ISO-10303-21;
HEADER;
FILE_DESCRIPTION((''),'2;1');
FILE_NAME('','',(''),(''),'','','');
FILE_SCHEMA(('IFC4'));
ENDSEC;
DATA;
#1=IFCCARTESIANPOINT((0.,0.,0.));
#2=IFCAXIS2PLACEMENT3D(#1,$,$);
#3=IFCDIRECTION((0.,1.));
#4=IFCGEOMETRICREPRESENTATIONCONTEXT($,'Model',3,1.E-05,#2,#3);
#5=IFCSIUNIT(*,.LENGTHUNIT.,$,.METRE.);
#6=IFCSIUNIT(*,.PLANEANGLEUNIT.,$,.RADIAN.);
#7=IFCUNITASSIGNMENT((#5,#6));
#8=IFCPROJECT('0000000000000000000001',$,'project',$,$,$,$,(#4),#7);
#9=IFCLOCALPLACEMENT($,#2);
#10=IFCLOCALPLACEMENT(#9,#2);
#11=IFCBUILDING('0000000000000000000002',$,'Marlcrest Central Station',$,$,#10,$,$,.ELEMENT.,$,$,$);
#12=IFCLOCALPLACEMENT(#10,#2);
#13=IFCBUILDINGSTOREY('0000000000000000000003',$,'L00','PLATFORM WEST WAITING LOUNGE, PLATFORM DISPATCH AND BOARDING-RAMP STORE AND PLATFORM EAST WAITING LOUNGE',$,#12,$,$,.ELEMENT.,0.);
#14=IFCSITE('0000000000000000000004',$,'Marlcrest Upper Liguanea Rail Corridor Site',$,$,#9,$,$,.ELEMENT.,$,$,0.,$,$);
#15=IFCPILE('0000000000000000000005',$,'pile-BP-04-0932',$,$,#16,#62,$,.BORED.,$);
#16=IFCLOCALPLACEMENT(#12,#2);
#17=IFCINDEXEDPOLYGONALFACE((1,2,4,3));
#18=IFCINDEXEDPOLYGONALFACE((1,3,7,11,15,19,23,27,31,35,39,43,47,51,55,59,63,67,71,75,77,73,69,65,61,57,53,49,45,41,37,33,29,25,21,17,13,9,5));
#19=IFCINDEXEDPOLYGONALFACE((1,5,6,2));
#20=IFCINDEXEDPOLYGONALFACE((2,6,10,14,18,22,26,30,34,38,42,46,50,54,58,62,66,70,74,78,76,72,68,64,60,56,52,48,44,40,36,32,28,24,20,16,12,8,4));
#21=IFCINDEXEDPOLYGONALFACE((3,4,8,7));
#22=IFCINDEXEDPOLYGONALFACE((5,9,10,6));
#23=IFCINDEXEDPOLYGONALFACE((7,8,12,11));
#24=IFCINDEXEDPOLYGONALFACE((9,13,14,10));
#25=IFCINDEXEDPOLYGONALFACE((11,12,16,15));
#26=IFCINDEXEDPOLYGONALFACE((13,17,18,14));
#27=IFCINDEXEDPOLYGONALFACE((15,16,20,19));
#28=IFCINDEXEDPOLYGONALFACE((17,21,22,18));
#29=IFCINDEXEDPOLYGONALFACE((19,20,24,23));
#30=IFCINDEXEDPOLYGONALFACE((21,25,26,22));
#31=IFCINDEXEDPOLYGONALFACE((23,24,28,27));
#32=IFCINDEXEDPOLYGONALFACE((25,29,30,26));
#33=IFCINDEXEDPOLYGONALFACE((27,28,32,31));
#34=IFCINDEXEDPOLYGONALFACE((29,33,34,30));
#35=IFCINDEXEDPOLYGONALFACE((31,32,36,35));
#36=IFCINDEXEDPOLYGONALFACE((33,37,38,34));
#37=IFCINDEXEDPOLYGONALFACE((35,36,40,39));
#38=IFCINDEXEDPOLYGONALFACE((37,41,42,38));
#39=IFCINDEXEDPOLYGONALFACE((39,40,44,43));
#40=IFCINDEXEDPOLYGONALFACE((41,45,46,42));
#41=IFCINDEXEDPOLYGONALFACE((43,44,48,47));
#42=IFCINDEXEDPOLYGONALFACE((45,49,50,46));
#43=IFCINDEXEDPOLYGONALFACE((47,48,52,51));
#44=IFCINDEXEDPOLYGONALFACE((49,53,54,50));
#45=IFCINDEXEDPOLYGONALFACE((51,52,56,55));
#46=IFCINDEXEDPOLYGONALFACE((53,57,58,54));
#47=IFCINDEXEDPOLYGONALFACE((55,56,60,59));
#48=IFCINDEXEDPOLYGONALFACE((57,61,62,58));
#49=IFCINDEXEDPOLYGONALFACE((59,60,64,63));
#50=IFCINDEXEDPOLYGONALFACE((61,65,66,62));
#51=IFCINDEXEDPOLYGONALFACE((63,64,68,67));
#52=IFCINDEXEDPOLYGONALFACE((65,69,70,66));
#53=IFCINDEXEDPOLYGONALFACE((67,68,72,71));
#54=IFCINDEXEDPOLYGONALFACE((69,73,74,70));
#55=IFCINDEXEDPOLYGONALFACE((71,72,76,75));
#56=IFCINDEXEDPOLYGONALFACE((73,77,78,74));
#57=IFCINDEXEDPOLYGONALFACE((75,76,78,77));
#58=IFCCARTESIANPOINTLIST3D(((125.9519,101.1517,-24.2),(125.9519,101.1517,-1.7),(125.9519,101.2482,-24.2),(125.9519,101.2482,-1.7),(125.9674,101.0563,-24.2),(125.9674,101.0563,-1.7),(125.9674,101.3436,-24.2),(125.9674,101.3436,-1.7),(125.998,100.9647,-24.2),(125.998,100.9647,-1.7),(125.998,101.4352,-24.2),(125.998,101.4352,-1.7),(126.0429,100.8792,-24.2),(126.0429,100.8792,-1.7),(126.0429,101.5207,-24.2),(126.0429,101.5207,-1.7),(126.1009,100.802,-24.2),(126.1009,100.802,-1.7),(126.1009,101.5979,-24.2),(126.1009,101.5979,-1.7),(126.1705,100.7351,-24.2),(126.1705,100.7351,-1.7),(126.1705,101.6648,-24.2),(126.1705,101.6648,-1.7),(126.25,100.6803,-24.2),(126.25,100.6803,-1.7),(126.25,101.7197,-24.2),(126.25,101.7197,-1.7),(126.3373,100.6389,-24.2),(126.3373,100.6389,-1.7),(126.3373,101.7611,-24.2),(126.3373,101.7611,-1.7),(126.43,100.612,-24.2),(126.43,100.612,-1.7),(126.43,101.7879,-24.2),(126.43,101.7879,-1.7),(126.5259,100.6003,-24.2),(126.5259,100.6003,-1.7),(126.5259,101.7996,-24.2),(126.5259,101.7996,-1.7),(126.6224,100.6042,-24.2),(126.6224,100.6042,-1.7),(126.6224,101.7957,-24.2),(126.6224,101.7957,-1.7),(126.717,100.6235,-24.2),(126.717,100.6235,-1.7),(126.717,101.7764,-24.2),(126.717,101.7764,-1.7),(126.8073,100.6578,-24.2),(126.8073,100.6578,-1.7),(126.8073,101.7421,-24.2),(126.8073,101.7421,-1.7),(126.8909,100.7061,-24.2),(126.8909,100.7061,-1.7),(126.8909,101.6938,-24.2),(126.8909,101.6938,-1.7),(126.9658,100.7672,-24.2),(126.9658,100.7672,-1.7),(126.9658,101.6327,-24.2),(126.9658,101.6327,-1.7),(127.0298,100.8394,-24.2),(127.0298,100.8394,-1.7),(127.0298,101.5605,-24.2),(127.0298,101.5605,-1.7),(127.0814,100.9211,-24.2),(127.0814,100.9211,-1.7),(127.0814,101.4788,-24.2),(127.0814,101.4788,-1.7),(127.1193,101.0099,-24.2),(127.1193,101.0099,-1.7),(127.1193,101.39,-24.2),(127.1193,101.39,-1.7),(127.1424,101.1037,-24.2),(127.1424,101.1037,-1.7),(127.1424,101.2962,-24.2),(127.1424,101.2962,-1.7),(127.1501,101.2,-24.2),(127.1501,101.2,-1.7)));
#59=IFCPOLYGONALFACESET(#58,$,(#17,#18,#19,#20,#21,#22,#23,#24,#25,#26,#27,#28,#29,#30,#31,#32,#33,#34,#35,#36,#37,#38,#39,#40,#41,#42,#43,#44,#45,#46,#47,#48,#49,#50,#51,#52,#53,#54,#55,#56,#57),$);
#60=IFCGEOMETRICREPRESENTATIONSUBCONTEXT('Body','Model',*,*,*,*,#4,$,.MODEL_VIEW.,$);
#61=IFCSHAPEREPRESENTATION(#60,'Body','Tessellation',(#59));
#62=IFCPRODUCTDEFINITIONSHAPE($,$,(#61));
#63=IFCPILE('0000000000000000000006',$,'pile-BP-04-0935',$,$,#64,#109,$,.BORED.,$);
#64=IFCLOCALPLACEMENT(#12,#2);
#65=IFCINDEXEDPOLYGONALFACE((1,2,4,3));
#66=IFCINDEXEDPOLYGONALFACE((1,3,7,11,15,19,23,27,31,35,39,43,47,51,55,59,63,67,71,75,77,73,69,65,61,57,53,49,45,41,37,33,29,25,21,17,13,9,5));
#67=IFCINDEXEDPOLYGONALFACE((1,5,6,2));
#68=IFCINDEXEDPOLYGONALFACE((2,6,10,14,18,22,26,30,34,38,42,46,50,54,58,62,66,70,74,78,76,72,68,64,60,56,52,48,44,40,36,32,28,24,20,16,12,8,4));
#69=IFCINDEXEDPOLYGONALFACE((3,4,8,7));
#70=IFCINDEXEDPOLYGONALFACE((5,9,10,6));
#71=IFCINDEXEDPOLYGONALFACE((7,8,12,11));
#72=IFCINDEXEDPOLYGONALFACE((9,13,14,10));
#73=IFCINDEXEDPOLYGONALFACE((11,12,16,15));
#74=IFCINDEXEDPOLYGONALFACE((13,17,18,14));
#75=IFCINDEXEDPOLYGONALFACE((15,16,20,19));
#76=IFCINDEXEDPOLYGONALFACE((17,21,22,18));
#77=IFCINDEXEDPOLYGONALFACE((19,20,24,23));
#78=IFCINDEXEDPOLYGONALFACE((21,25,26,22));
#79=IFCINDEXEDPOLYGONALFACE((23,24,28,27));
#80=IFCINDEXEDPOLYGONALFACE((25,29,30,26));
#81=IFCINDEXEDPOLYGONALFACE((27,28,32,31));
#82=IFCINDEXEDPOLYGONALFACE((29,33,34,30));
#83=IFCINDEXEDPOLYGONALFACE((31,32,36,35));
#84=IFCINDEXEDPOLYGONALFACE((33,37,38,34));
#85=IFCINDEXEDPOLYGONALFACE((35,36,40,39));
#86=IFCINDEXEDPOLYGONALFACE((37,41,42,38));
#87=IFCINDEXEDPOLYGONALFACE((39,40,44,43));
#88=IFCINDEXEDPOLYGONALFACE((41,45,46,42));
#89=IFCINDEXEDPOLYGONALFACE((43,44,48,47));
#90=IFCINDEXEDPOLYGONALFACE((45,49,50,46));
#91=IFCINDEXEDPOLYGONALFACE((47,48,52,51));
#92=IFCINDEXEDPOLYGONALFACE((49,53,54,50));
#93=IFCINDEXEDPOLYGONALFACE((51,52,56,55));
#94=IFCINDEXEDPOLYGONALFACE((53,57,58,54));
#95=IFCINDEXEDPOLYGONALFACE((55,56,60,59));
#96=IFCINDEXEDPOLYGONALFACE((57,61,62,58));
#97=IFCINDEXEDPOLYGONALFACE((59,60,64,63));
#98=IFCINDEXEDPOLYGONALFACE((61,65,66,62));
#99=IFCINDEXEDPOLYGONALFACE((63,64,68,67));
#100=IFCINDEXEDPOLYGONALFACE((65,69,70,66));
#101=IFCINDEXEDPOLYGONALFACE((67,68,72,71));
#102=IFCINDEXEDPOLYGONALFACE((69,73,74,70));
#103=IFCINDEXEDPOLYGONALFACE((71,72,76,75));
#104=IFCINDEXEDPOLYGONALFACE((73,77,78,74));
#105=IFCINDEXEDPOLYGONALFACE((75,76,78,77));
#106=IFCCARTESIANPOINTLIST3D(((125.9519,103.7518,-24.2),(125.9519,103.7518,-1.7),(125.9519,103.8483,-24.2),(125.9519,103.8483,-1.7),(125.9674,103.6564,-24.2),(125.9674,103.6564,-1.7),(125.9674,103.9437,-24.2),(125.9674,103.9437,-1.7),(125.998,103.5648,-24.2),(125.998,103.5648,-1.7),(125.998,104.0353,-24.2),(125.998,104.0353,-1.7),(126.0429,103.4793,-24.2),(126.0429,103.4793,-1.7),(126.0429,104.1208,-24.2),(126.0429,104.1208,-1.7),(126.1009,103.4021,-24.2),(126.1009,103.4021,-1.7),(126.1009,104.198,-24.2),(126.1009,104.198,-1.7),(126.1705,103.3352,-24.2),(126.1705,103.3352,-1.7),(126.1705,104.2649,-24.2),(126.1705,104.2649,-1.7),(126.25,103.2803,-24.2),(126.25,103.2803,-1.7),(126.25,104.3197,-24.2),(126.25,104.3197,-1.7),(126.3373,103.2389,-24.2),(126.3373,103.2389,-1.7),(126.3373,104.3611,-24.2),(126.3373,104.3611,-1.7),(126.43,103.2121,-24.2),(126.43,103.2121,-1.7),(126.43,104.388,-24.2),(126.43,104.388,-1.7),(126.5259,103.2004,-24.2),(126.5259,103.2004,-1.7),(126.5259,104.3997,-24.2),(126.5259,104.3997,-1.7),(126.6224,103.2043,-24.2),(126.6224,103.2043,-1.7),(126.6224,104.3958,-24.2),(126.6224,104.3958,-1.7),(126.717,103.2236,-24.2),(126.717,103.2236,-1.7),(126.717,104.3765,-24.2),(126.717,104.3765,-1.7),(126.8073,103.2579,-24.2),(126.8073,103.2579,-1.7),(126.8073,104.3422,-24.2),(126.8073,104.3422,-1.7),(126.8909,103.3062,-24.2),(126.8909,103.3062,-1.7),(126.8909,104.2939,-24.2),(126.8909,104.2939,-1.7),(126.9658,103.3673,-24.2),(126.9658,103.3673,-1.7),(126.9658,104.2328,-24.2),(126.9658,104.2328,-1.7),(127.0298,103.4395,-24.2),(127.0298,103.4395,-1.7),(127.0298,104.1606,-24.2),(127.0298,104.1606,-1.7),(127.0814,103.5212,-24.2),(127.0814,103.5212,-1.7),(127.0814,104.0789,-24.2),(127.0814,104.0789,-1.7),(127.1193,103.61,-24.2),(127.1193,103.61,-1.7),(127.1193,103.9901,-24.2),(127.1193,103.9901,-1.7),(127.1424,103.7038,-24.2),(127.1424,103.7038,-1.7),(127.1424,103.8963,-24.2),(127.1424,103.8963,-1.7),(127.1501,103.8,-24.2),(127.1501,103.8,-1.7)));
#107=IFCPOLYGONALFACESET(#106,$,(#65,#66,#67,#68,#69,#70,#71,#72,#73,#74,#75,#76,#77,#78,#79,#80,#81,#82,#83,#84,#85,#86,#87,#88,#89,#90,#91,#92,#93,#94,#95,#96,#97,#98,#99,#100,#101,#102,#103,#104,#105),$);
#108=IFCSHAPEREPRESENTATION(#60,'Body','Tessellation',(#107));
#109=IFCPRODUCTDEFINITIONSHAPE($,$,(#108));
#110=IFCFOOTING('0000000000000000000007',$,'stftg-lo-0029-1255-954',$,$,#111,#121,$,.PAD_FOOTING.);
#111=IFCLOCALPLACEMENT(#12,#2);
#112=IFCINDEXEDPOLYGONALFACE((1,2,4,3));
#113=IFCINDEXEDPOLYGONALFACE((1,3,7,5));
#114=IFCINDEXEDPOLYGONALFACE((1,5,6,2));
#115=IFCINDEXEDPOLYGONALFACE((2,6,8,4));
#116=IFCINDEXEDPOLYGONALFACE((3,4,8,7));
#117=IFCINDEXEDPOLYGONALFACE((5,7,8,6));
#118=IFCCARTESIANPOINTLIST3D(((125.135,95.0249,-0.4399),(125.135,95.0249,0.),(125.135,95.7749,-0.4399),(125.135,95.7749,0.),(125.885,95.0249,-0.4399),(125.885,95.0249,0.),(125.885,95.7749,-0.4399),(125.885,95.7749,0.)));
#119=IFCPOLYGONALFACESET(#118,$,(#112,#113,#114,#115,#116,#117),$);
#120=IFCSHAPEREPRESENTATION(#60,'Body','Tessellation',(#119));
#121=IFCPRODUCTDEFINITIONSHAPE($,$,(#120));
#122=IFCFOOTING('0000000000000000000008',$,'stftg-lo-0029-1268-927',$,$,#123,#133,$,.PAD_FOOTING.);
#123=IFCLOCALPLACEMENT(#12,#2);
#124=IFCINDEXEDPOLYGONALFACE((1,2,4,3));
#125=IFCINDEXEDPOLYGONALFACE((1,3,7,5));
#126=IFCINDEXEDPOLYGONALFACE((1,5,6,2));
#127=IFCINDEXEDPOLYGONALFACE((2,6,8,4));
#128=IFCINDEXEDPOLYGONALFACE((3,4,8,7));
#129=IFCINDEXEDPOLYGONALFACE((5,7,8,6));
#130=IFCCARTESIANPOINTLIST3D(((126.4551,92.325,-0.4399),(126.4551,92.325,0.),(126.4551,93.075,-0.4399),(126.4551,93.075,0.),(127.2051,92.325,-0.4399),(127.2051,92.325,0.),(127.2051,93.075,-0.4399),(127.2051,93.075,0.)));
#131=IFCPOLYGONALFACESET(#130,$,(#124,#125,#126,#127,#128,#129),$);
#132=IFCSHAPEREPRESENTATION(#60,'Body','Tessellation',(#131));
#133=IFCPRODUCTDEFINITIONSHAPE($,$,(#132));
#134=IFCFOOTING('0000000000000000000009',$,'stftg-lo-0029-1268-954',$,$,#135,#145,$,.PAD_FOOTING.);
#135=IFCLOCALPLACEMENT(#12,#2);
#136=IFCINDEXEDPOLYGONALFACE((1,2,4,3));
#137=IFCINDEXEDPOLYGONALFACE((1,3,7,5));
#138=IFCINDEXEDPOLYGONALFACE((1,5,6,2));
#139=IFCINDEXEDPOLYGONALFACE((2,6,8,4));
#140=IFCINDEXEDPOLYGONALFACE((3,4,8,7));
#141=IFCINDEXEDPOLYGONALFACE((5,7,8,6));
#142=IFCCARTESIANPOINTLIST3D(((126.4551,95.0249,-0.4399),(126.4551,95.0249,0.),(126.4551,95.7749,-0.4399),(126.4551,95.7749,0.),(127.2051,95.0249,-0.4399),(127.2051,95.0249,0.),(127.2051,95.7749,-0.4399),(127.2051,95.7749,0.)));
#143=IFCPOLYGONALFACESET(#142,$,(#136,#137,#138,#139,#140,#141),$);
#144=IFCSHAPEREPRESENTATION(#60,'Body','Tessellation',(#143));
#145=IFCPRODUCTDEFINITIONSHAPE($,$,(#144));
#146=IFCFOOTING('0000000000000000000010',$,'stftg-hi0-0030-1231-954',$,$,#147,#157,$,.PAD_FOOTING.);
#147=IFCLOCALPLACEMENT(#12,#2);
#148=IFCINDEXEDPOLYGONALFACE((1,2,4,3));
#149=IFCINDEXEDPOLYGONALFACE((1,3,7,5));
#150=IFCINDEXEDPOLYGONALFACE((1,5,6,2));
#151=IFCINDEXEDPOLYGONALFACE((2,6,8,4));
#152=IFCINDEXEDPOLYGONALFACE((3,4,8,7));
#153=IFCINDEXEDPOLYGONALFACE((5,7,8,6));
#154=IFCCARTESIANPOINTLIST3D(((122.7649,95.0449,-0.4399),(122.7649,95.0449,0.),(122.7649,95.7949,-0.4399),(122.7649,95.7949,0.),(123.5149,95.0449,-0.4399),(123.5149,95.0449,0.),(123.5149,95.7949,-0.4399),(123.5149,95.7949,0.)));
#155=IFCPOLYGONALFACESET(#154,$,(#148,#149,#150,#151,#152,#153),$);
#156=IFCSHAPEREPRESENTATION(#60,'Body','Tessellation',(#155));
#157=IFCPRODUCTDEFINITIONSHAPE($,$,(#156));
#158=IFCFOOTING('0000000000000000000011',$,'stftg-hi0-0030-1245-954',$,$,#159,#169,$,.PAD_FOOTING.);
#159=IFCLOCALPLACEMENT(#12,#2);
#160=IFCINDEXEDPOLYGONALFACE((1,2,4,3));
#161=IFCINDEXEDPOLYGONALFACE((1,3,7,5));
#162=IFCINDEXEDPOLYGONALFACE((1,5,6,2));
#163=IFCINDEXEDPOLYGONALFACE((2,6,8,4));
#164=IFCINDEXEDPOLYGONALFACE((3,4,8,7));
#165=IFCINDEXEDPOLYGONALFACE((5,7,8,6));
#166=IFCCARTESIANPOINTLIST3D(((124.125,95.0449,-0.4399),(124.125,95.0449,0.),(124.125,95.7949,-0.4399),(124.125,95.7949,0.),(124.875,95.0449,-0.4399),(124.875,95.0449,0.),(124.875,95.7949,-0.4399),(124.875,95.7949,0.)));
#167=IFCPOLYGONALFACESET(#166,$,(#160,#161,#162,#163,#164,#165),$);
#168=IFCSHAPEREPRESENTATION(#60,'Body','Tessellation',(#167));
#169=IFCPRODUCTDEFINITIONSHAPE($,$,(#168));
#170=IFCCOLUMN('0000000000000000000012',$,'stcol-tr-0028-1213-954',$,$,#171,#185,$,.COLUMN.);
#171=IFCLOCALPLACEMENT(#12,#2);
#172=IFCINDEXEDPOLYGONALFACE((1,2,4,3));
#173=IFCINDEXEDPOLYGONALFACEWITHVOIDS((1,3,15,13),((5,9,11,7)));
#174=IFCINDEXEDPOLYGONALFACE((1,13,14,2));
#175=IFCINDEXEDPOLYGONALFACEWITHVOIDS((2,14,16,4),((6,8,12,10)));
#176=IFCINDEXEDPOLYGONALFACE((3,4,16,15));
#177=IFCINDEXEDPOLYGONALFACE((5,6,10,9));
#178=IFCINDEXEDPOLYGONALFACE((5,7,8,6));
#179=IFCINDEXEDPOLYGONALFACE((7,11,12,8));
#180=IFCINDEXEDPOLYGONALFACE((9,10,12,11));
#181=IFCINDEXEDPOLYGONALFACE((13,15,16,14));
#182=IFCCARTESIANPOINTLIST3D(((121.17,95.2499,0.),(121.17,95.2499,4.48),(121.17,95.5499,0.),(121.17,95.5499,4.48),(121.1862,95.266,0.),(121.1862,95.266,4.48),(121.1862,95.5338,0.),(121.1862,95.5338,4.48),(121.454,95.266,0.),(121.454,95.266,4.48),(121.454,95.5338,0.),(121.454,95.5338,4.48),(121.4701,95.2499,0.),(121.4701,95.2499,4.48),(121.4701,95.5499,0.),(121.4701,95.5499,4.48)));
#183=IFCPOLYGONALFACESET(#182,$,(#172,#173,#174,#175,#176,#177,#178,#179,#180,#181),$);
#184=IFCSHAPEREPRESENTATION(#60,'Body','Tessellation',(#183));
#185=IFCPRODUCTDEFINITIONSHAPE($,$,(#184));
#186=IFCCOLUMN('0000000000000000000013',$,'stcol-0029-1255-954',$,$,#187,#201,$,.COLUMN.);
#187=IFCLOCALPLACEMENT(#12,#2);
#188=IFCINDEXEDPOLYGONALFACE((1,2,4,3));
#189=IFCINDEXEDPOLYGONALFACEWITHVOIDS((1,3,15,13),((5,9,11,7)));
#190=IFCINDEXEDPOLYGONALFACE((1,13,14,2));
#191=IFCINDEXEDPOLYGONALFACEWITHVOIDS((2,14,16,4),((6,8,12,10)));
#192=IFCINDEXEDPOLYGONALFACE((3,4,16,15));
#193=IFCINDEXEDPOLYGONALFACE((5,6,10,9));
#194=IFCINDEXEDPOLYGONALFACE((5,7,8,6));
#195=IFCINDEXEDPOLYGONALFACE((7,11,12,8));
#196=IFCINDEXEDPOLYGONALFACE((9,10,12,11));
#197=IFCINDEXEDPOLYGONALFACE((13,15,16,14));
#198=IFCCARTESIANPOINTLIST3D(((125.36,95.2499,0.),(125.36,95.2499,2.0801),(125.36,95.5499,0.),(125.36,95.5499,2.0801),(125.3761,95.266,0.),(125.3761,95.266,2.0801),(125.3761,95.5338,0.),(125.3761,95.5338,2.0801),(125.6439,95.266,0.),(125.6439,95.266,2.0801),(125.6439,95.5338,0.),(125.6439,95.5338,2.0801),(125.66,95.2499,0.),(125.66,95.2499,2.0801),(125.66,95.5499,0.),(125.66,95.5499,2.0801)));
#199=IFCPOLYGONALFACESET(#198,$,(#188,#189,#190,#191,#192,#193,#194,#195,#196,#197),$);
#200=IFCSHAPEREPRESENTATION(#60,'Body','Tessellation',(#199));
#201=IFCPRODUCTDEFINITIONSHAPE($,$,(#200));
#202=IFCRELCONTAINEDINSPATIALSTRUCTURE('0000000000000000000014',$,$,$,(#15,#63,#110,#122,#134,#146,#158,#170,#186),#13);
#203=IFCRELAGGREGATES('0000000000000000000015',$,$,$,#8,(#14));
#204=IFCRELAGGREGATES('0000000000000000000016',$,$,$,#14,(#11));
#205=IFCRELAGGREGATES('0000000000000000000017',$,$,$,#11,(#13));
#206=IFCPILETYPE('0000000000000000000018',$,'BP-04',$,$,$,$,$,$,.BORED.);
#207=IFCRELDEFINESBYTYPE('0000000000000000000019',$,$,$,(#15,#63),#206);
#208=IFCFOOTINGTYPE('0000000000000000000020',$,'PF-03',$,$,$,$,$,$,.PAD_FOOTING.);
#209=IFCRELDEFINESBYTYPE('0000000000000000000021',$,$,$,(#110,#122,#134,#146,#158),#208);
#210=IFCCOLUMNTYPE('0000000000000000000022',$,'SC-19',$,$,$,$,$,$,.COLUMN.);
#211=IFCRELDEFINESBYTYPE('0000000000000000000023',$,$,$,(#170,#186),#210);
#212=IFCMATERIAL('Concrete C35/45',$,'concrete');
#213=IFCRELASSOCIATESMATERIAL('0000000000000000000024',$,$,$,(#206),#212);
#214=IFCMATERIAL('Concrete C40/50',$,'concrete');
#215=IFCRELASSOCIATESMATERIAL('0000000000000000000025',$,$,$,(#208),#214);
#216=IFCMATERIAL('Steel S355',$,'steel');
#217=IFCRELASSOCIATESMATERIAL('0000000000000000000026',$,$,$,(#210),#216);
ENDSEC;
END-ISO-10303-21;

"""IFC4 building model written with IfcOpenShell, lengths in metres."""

from ifc_helpers import new_model, si_unit, direction, frame, origin, origin_2d, place, context, subcontext, project, spatial, rectangle, hollow_rectangle, circle, extrude, material, material_profile, profile_set, type_object, element, save


model = new_model("IFC4")

# Units and contexts
model_context = context("Model", 3, precision=1e-05, world=origin(), true_north=direction((0.0, 1.0)))
body_context = subcontext(model_context, "Body", "Model", "MODEL_VIEW")
ifc_project = project(units=[si_unit("LENGTHUNIT", "METRE"), si_unit("PLANEANGLEUNIT", "RADIAN")], contexts=[model_context])

# Site, building, storey
site_placement = place(None, origin())
site = spatial("IfcSite", under=ifc_project, at=site_placement, Name="Marlcrest Upper Liguanea Rail Corridor Site", CompositionType="ELEMENT", RefElevation=0.0)
building_placement = place(site_placement, origin())
building = spatial("IfcBuilding", under=site, at=building_placement, Name="Marlcrest Central Station", CompositionType="ELEMENT")
storey_placement = place(building_placement, origin())
storey = spatial("IfcBuildingStorey", under=building, at=storey_placement, Name="L00", Description="PLATFORM WEST WAITING LOUNGE, PLATFORM DISPATCH AND BOARDING-RAMP STORE AND PLATFORM EAST WAITING LOUNGE", CompositionType="ELEMENT", Elevation=0.0)

# Piles
ifc_material_1 = material(Name="Concrete C35/45", Category="concrete")
ifc_material_profile_1 = material_profile(ifc_material_1, circle(Radius=0.6001, at=origin_2d()), Name="PILE D1200")
ifc_profile_set_1 = profile_set([ifc_material_profile_1], Name="Concrete C35/45")
pile_type = type_object("IfcPileType", Name="BP-04", PredefinedType="BORED", material=ifc_profile_set_1)
for number, where, z_axis, x_axis, name in (
    (1, (126.55, 101.2, -1.7), (0.0, 0.0, -1.0), (1.0, 0.0, 0.0), "pile-BP-04-0932"),
    (2, (126.55, 103.8, -1.7), (0.0, 0.0, -1.0), (1.0, 0.0, 0.0), "pile-BP-04-0935"),
):
    element("IfcPile", number, at=place(storey_placement, frame(where, z_axis=z_axis, x_axis=x_axis)), inside=storey, type_object=pile_type, Name=name, PredefinedType="BORED", context=body_context, shape_type="SweptSolid", body=[
        extrude(circle(Radius=0.6001, at=origin_2d()), origin(), (0.0, 0.0, 1.0), 22.5),
    ])

# Footings
ifc_material_2 = material(Name="Concrete C40/50", Category="concrete")
footing_type = type_object("IfcFootingType", Name="PF-03", PredefinedType="PAD_FOOTING", material=ifc_material_2)
for number, where, z_axis, x_axis, name in (
    (3, (125.51, 95.3999, -0.4399), (0.0, 0.0, 1.0), (1.0, 0.0, 0.0), "stftg-lo-0029-1255-954"),
    (4, (126.8301, 92.7, -0.4399), (0.0, 0.0, 1.0), (1.0, 0.0, 0.0), "stftg-lo-0029-1268-927"),
    (5, (126.8301, 95.3999, -0.4399), (0.0, 0.0, 1.0), (1.0, 0.0, 0.0), "stftg-lo-0029-1268-954"),
    (6, (123.1399, 95.4199, -0.4399), (0.0, 0.0, 1.0), (1.0, 0.0, 0.0), "stftg-hi0-0030-1231-954"),
    (7, (124.5, 95.4199, -0.4399), (0.0, 0.0, 1.0), (1.0, 0.0, 0.0), "stftg-hi0-0030-1245-954"),
):
    element("IfcFooting", number, at=place(storey_placement, frame(where, z_axis=z_axis, x_axis=x_axis)), inside=storey, type_object=footing_type, Name=name, PredefinedType="PAD_FOOTING", context=body_context, shape_type="SweptSolid", body=[
        extrude(rectangle(XDim=0.75, YDim=0.75, at=origin_2d()), origin(), (0.0, 0.0, 1.0), 0.4399),
    ])

# Columns
ifc_material_3 = material(Name="Steel S355", Category="steel")
ifc_material_profile_2 = material_profile(ifc_material_3, hollow_rectangle(XDim=0.3, YDim=0.3, WallThickness=0.0161, at=origin_2d()), Name="SHS 300x300x16")
ifc_profile_set_2 = profile_set([ifc_material_profile_2], Name="Steel S355")
column_type = type_object("IfcColumnType", Name="SC-19", PredefinedType="COLUMN", material=ifc_profile_set_2)
column_placement = place(storey_placement, frame((121.3201, 95.3999, 0.0), z_axis=(0.0, 0.0, 1.0), x_axis=(1.0, 0.0, 0.0)))
element("IfcColumn", 8, at=column_placement, inside=storey, type_object=column_type, Name="stcol-tr-0028-1213-954", PredefinedType="COLUMN", context=body_context, shape_type="SweptSolid", body=[
    extrude(hollow_rectangle(XDim=0.3, YDim=0.3, WallThickness=0.0161, at=origin_2d()), origin(), (0.0, 0.0, 1.0), 4.48),
])
for number, where, z_axis, x_axis, name in (
    (9, (125.51, 95.3999, 0.0), (0.0, 0.0, 1.0), (1.0, 0.0, 0.0), "stcol-0029-1255-954"),
):
    element("IfcColumn", number, at=place(storey_placement, frame(where, z_axis=z_axis, x_axis=x_axis)), inside=storey, type_object=column_type, Name=name, PredefinedType="COLUMN", context=body_context, shape_type="SweptSolid", body=[
        extrude(hollow_rectangle(XDim=0.3, YDim=0.3, WallThickness=0.0161, at=origin_2d()), origin(), (0.0, 0.0, 1.0), 2.0801),
    ])

save(model, "model.ifc")
